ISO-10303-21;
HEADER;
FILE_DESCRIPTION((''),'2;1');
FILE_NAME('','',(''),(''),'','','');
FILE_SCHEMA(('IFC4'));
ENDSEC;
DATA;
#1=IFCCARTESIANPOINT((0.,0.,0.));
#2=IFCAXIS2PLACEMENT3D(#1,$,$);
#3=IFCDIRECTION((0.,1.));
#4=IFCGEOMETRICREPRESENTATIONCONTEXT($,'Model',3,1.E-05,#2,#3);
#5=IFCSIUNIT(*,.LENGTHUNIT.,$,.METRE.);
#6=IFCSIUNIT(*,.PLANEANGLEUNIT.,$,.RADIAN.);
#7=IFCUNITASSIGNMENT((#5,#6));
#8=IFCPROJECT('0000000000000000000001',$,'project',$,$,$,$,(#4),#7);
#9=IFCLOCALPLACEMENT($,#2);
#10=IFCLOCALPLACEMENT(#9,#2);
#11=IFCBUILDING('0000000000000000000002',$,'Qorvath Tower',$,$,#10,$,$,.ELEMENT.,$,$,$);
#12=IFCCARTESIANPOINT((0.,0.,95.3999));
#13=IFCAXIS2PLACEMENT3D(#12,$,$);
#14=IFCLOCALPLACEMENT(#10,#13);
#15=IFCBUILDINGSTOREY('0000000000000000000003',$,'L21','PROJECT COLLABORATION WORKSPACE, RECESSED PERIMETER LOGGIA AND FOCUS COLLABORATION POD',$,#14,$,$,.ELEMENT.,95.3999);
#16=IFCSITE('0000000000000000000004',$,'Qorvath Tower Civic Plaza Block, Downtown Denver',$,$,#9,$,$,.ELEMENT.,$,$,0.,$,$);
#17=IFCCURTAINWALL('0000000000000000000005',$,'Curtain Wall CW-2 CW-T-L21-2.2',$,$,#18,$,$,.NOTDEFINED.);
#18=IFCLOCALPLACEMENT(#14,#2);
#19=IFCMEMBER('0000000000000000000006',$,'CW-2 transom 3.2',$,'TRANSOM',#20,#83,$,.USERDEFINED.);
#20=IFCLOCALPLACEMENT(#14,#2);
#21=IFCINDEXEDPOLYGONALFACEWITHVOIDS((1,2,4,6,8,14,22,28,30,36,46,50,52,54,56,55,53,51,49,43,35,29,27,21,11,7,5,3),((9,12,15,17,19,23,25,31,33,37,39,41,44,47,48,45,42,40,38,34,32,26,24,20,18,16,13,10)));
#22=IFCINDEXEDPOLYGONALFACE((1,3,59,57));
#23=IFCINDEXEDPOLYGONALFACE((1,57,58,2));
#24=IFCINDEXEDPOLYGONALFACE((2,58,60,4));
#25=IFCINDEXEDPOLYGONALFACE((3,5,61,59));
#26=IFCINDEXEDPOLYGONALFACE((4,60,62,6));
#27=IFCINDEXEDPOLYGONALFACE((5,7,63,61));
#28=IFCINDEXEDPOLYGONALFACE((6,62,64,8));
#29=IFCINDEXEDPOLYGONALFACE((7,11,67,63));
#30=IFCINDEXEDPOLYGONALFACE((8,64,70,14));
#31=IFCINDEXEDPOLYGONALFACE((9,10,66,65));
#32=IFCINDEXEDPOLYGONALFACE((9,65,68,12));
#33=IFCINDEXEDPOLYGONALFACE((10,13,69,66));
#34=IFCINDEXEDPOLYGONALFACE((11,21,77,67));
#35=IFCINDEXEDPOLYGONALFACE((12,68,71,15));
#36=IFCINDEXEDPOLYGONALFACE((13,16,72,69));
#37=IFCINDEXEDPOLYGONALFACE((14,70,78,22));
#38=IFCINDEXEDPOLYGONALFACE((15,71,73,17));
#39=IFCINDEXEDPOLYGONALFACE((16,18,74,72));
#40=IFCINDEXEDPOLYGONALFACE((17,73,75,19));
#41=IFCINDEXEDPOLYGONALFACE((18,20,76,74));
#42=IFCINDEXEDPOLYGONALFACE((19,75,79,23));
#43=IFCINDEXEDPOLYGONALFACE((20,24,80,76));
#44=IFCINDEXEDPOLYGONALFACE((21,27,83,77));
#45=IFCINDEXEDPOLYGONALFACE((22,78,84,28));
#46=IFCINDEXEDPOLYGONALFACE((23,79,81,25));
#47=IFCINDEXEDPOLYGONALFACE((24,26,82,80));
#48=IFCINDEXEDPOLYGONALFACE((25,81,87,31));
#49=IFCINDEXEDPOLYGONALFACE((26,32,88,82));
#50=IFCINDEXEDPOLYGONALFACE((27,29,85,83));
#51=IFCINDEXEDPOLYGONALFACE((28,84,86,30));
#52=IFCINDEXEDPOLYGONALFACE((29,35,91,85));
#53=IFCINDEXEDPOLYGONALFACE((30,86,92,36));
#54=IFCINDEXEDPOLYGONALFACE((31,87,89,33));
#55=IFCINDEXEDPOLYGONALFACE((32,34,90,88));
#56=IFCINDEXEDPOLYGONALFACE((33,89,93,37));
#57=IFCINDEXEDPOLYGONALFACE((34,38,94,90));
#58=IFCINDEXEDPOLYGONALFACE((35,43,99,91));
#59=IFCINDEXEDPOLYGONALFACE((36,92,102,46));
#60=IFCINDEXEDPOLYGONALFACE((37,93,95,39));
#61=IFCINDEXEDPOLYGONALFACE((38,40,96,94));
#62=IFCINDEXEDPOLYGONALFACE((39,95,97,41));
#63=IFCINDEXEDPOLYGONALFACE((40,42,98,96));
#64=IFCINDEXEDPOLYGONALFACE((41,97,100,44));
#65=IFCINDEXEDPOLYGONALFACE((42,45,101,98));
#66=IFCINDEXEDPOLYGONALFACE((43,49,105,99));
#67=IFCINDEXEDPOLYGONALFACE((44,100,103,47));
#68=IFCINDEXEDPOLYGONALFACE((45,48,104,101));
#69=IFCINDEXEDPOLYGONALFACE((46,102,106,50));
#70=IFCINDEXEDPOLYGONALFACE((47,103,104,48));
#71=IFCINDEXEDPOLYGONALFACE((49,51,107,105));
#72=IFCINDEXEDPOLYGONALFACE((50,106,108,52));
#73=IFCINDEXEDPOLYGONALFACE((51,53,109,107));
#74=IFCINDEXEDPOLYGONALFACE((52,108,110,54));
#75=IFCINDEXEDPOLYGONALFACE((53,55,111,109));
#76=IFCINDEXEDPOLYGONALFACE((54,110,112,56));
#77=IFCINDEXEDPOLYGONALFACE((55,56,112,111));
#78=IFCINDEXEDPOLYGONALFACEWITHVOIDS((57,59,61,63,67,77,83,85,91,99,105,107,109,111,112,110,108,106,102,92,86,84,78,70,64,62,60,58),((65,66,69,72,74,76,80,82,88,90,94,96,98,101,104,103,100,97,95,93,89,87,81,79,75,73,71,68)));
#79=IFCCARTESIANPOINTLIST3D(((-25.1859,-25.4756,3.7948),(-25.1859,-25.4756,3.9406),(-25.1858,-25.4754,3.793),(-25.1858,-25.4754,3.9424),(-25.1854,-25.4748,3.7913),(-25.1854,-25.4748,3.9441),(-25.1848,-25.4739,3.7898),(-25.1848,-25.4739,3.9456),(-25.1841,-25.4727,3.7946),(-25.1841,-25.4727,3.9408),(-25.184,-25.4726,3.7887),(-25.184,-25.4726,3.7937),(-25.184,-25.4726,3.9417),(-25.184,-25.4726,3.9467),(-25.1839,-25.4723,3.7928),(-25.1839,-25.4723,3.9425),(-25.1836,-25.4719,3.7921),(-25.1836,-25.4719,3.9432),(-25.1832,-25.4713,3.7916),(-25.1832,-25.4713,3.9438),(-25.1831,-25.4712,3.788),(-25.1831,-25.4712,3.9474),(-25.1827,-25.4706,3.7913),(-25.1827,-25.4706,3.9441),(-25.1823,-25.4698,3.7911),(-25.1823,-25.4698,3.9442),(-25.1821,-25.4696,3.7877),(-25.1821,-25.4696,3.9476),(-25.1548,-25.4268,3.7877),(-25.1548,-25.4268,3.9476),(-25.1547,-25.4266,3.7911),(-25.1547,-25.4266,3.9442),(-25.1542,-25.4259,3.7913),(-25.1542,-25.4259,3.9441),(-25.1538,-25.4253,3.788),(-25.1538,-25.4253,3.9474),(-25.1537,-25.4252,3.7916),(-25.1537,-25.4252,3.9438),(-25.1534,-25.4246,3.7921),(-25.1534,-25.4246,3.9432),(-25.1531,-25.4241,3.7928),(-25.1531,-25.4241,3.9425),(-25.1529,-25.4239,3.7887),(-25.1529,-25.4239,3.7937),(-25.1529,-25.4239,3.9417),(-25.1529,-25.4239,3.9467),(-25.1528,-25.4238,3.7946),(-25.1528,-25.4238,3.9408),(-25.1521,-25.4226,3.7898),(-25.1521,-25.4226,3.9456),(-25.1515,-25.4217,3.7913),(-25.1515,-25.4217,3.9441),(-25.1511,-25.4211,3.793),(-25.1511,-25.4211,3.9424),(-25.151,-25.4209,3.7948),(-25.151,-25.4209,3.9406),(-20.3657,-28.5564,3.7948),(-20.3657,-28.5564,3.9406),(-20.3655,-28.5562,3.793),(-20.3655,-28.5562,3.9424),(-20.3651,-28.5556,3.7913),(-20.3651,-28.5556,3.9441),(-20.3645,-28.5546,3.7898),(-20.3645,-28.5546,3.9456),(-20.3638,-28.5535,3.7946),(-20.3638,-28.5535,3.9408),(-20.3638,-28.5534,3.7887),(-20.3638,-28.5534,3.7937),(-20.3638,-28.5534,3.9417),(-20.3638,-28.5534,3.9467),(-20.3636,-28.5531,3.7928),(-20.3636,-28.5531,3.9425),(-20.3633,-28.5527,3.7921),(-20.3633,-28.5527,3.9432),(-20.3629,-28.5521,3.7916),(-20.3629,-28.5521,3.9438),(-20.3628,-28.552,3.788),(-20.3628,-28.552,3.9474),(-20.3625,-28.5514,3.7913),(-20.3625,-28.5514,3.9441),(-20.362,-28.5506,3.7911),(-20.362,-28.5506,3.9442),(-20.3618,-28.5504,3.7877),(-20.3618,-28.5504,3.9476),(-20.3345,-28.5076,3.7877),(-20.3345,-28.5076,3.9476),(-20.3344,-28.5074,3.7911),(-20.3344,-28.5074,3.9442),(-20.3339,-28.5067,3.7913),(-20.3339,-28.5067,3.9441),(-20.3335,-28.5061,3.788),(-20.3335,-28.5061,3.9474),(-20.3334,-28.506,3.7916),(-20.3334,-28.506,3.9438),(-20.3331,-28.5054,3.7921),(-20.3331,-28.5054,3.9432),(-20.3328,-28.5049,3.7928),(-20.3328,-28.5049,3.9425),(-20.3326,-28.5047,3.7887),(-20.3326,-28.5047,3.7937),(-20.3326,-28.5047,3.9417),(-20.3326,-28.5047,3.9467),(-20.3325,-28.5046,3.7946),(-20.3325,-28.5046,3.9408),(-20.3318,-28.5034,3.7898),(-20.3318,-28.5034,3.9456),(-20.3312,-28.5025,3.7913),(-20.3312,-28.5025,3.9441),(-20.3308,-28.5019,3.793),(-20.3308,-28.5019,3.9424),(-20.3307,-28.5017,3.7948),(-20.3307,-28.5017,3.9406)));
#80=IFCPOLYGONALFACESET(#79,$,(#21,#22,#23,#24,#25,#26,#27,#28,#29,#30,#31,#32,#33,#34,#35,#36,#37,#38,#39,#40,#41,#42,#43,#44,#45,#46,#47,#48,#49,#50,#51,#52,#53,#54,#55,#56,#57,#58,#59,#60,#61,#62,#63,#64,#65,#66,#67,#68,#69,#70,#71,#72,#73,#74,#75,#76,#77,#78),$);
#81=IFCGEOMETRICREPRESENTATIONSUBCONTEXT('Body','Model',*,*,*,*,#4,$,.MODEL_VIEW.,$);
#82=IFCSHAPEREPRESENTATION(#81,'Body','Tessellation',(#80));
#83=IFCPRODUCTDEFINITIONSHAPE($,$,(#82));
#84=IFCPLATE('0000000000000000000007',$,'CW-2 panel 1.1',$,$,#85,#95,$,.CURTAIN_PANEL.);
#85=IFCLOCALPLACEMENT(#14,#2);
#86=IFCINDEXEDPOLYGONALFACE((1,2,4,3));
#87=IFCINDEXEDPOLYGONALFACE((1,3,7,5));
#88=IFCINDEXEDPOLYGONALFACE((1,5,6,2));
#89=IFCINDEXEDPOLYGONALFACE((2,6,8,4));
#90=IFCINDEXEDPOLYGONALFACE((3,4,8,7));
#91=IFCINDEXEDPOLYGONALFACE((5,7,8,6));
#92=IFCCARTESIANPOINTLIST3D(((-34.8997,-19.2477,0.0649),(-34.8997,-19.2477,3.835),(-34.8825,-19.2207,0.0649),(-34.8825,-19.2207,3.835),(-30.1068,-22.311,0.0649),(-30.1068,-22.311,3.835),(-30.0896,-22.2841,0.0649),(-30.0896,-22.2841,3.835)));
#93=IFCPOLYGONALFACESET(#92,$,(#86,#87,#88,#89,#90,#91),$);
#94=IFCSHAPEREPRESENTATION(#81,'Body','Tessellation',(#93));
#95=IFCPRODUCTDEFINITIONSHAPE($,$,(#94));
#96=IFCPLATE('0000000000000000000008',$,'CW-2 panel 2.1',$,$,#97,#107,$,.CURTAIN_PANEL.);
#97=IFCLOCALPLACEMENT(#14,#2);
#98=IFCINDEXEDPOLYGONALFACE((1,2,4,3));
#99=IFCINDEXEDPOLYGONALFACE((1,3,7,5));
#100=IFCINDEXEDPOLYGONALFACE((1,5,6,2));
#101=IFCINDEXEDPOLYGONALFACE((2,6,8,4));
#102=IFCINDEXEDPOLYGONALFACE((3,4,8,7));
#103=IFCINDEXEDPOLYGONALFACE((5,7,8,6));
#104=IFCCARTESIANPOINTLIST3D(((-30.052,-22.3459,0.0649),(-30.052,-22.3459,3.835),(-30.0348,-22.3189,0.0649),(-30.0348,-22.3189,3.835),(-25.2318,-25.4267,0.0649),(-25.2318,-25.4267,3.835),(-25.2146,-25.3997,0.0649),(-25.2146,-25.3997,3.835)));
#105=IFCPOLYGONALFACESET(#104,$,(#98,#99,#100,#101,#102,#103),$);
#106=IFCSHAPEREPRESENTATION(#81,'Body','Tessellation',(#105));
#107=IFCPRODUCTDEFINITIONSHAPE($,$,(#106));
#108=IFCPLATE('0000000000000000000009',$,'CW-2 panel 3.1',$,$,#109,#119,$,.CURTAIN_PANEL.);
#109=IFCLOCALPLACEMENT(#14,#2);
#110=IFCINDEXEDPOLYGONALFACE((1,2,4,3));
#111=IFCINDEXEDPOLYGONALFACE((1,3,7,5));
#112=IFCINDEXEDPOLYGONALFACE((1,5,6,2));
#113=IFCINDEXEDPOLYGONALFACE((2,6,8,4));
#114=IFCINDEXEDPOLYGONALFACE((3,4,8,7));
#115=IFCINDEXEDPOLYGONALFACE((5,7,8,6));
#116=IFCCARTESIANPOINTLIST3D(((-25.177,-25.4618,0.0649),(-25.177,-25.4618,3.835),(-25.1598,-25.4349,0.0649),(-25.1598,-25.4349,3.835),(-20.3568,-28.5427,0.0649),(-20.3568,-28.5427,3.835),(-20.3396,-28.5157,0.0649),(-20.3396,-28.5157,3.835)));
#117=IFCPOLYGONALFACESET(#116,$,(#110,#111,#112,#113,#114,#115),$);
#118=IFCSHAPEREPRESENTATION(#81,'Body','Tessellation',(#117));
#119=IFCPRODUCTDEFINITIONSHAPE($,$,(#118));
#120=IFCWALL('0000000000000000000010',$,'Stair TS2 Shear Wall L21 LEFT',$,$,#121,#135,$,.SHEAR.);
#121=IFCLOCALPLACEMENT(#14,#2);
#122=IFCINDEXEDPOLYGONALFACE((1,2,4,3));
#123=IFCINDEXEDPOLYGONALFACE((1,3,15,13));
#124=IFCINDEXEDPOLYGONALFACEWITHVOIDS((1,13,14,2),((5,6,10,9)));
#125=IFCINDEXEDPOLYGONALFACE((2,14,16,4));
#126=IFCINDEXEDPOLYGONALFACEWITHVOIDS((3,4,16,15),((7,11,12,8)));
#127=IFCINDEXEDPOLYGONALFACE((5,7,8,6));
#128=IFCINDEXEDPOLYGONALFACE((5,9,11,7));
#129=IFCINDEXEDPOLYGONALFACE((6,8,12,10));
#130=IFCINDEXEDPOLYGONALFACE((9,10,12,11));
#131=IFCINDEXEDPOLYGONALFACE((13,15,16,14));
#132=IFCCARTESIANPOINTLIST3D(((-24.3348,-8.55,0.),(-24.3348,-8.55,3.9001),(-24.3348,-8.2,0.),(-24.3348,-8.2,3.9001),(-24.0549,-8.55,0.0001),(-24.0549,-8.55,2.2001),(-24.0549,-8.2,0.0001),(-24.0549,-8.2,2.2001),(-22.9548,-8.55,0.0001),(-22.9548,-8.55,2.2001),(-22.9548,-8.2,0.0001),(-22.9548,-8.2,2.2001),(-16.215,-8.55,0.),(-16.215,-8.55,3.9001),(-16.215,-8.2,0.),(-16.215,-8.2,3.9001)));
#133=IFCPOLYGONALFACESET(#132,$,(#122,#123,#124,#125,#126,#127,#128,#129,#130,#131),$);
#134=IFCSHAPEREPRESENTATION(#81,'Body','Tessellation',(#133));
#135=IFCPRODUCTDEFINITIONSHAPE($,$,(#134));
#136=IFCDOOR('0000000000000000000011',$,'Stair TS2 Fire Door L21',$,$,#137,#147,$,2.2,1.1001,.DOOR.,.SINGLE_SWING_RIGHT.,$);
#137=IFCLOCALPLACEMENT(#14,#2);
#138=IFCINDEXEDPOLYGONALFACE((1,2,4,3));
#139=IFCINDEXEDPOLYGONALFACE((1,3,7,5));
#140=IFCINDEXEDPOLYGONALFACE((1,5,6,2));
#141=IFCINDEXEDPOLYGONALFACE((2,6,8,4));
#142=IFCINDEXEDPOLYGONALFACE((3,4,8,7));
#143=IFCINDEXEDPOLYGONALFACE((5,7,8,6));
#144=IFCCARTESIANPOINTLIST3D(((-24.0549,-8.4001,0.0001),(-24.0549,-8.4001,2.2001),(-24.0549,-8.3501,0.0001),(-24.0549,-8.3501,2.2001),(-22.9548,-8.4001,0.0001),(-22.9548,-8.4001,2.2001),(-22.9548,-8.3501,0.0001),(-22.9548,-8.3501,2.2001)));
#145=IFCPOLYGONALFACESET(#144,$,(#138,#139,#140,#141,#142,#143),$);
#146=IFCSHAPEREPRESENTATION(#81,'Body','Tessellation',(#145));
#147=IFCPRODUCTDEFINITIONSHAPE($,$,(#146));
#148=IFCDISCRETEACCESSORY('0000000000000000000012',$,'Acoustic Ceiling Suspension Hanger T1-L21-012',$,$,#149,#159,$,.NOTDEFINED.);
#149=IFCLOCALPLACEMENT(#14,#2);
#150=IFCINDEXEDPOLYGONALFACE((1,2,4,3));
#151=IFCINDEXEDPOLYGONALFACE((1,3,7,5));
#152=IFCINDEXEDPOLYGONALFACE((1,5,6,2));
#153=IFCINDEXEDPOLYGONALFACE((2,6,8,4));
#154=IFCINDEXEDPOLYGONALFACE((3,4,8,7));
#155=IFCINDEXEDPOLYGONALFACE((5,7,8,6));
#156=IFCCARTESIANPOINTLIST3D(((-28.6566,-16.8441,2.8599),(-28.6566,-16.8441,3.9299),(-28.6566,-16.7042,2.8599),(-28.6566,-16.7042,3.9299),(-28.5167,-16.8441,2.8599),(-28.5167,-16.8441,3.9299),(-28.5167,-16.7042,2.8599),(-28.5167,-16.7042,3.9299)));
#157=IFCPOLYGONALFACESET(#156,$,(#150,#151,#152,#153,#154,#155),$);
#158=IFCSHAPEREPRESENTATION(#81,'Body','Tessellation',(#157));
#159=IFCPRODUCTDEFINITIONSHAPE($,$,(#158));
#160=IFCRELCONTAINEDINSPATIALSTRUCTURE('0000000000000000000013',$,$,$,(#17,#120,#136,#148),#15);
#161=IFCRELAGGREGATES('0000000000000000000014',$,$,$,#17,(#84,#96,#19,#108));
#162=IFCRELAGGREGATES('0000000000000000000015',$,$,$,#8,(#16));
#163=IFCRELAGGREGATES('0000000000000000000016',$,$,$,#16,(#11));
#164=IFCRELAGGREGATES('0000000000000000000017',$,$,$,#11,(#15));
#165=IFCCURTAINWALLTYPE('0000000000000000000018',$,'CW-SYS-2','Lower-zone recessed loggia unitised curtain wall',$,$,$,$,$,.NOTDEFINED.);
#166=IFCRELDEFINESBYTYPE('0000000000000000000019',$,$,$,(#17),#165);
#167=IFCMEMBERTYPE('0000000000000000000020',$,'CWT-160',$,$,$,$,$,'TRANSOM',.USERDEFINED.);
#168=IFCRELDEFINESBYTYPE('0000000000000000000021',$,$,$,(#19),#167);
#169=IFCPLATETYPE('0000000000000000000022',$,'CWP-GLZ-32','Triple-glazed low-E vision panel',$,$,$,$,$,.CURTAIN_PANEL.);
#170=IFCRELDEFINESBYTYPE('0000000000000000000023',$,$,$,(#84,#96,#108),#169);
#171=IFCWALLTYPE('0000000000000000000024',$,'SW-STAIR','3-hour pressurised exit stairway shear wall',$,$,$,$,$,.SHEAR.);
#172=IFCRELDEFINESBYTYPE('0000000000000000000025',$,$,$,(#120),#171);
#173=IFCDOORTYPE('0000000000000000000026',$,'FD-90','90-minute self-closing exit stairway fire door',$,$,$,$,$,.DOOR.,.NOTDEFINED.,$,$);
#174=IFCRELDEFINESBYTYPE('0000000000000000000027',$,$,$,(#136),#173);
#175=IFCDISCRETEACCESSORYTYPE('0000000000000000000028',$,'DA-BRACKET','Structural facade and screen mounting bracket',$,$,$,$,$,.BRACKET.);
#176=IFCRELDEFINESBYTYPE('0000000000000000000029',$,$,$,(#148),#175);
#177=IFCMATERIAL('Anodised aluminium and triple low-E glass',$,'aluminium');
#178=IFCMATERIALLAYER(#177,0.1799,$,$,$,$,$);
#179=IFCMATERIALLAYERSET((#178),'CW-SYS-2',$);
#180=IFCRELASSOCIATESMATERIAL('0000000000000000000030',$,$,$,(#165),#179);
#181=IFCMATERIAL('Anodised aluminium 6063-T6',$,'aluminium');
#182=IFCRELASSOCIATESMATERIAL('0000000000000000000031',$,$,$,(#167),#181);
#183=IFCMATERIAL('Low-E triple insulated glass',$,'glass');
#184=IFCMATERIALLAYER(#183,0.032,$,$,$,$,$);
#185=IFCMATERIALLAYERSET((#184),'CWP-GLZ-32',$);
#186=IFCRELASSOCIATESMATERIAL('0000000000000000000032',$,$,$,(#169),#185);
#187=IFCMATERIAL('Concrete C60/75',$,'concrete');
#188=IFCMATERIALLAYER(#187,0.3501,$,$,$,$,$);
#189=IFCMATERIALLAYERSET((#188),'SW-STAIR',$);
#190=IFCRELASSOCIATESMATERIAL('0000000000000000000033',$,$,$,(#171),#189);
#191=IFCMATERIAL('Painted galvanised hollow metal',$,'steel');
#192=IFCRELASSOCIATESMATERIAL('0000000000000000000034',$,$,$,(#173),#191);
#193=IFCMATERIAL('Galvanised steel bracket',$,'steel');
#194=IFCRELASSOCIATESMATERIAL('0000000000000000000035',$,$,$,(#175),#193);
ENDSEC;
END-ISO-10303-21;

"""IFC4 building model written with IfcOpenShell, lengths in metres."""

from ifc_helpers import new_model, si_unit, direction, frame, frame_2d, origin, origin_2d, place, context, subcontext, project, spatial, rectangle, hollow_rectangle, extrude, material, layer, layer_set, material_profile, profile_set, type_object, element, fill, aggregate, save


model = new_model("IFC4")

# Units and contexts
model_context = context("Model", 3, precision=1e-05, world=origin(), true_north=direction((0.0, 1.0)))
body_context = subcontext(model_context, "Body", "Model", "MODEL_VIEW")
ifc_project = project(units=[si_unit("LENGTHUNIT", "METRE"), si_unit("PLANEANGLEUNIT", "RADIAN")], contexts=[model_context])

# Site, building, storey
site_placement = place(None, origin())
site = spatial("IfcSite", under=ifc_project, at=site_placement, Name="Qorvath Tower Civic Plaza Block, Downtown Denver", CompositionType="ELEMENT", RefElevation=0.0)
building_placement = place(site_placement, origin())
building = spatial("IfcBuilding", under=site, at=building_placement, Name="Qorvath Tower", CompositionType="ELEMENT")
storey_placement = place(building_placement, frame((0.0, 0.0, 95.3999)))
storey = spatial("IfcBuildingStorey", under=building, at=storey_placement, Name="L21", Description="PROJECT COLLABORATION WORKSPACE, RECESSED PERIMETER LOGGIA AND FOCUS COLLABORATION POD", CompositionType="ELEMENT", Elevation=95.3999)

# Curtain wall, member, plates
ifc_material_1 = material(Name="Anodised aluminium and triple low-E glass", Category="aluminium")
ifc_layer_1 = layer(ifc_material_1, 0.1799)
ifc_layer_set_1 = layer_set([ifc_layer_1], Name="CW-SYS-2")
curtain_wall_type = type_object("IfcCurtainWallType", Name="CW-SYS-2", Description="Lower-zone recessed loggia unitised curtain wall", PredefinedType="NOTDEFINED", material=ifc_layer_set_1)
curtain_wall_placement = place(storey_placement, origin())
curtain_wall = element("IfcCurtainWall", 1, at=curtain_wall_placement, inside=storey, type_object=curtain_wall_type, Name="Curtain Wall CW-2 CW-T-L21-2.2", PredefinedType="NOTDEFINED")
ifc_material_2 = material(Name="Anodised aluminium 6063-T6", Category="aluminium")
ifc_material_profile_1 = material_profile(ifc_material_2, hollow_rectangle(XDim=0.0649, YDim=0.1599, WallThickness=0.0034, InnerFilletRadius=0.0034, OuterFilletRadius=0.0071, at=origin_2d()), Name="CWT 160x65")
ifc_profile_set_1 = profile_set([ifc_material_profile_1], Name="Anodised aluminium 6063-T6")
member_type_1 = type_object("IfcMemberType", Name="CWT-160", ElementType="TRANSOM", PredefinedType="USERDEFINED", material=ifc_profile_set_1)
member_1_placement = place(storey_placement, frame((-25.1685, -25.4482, 3.8677), z_axis=(0.842604, -0.538534, 0.0), x_axis=(0.538534, 0.842604, 0.0)))
member_1 = element("IfcMember", 2, at=member_1_placement, type_object=member_type_1, Name="CW-2 transom 3.2", ObjectType="TRANSOM", PredefinedType="USERDEFINED", context=body_context, shape_type="SweptSolid", body=[
    extrude(hollow_rectangle(XDim=0.0649, YDim=0.1599, WallThickness=0.0034, InnerFilletRadius=0.0034, OuterFilletRadius=0.0071, at=origin_2d()), origin(), (0.0, 0.0, 1.0), 5.7207),
])
ifc_material_3 = material(Name="Low-E triple insulated glass", Category="glass")
ifc_layer_2 = layer(ifc_material_3, 0.032)
ifc_layer_set_2 = layer_set([ifc_layer_2], Name="CWP-GLZ-32")
plate_type = type_object("IfcPlateType", Name="CWP-GLZ-32", Description="Triple-glazed low-E vision panel", PredefinedType="CURTAIN_PANEL", material=ifc_layer_set_2)
plate_1_placement = place(storey_placement, frame((-32.4946, -20.7659, 0.0649), z_axis=(0.0, 0.0, 1.0), x_axis=(0.842601, -0.538539, 0.0)))
plate_1 = element("IfcPlate", 3, at=plate_1_placement, type_object=plate_type, Name="CW-2 panel 1.1", PredefinedType="CURTAIN_PANEL", context=body_context, shape_type="SweptSolid", body=[
    extrude(rectangle(XDim=5.6882, YDim=0.032, at=origin_2d()), origin(), (0.0, 0.0, 1.0), 3.77),
])
plate_2_placement = place(storey_placement, frame((-27.6333, -23.8728, 0.0649), z_axis=(0.0, 0.0, 1.0), x_axis=(0.842601, -0.538539, 0.0)))
plate_2 = element("IfcPlate", 4, at=plate_2_placement, type_object=plate_type, Name="CW-2 panel 2.1", PredefinedType="CURTAIN_PANEL", context=body_context, shape_type="SweptSolid", body=[
    extrude(rectangle(XDim=5.7207, YDim=0.032, at=origin_2d()), origin(), (0.0, 0.0, 1.0), 3.77),
])
plate_3_placement = place(storey_placement, frame((-22.7583, -26.9888, 0.0649), z_axis=(0.0, 0.0, 1.0), x_axis=(0.842601, -0.538539, 0.0)))
plate_3 = element("IfcPlate", 5, at=plate_3_placement, type_object=plate_type, Name="CW-2 panel 3.1", PredefinedType="CURTAIN_PANEL", context=body_context, shape_type="SweptSolid", body=[
    extrude(rectangle(XDim=5.7207, YDim=0.032, at=origin_2d()), origin(), (0.0, 0.0, 1.0), 3.77),
])
aggregate(curtain_wall, [plate_1, plate_2, member_1, plate_3])

# Wall, opening, door
ifc_material_4 = material(Name="Concrete C60/75", Category="concrete")
ifc_layer_3 = layer(ifc_material_4, 0.3501)
ifc_layer_set_3 = layer_set([ifc_layer_3], Name="SW-STAIR")
wall_type_1 = type_object("IfcWallType", Name="SW-STAIR", Description="3-hour pressurised exit stairway shear wall", PredefinedType="SHEAR", material=ifc_layer_set_3)
wall_1_placement = place(storey_placement, frame((-24.335, -8.375, 0.0), z_axis=(0.0, 0.0, 1.0), x_axis=(1.0, 0.0, 0.0)))
wall_1 = element("IfcWall", 6, at=wall_1_placement, inside=storey, type_object=wall_type_1, Name="Stair TS2 Shear Wall L21 LEFT", PredefinedType="SHEAR", context=body_context, shape_type="SweptSolid", body=[
    extrude(rectangle(XDim=8.1199, YDim=0.3501, at=frame_2d((4.0601, 0.0))), origin(), (0.0, 0.0, 1.0), 3.9001),
])
opening_1_placement = place(wall_1_placement, frame((0.28, 0.0, 0.0)))
opening_1 = element("IfcOpeningElement", 7, at=opening_1_placement, cuts=wall_1, PredefinedType="OPENING", context=body_context, shape_type="SweptSolid", body=[
    extrude(rectangle(XDim=1.1001, YDim=2.2, at=frame_2d((0.55, 1.1001))), frame((0.0, 0.1851, 0.0), z_axis=(0.0, -1.0, 0.0), x_axis=(1.0, 0.0, 0.0)), (0.0, 0.0, 1.0), 0.3701),
])
ifc_material_5 = material(Name="Painted galvanised hollow metal", Category="steel")
door_type_1 = type_object("IfcDoorType", Name="FD-90", Description="90-minute self-closing exit stairway fire door", OperationType="NOTDEFINED", PredefinedType="DOOR", material=ifc_material_5)
door_1_placement = place(opening_1_placement, origin())
door_1 = element("IfcDoor", 8, at=door_1_placement, inside=storey, type_object=door_type_1, Name="Stair TS2 Fire Door L21", OperationType="SINGLE_SWING_RIGHT", OverallHeight=2.2, OverallWidth=1.1001, PredefinedType="DOOR", context=body_context, shape_type="SweptSolid", body=[
    extrude(rectangle(XDim=1.1001, YDim=2.2, at=frame_2d((0.55, 1.1001))), frame((0.0, 0.0249, 0.0), z_axis=(0.0, -1.0, 0.0), x_axis=(1.0, 0.0, 0.0)), (0.0, 0.0, 1.0), 0.05),
])
fill(opening_1, door_1)

# Discrete accessory
ifc_material_6 = material(Name="Galvanised steel bracket", Category="steel")
discrete_accessory_type = type_object("IfcDiscreteAccessoryType", Name="DA-BRACKET", Description="Structural facade and screen mounting bracket", PredefinedType="BRACKET", material=ifc_material_6)
discrete_accessory_placement = place(storey_placement, frame((-28.5867, -16.7742, 2.8599), z_axis=(0.0, 0.0, 1.0), x_axis=(1.0, 0.0, 0.0)))
element("IfcDiscreteAccessory", 9, at=discrete_accessory_placement, inside=storey, type_object=discrete_accessory_type, Name="Acoustic Ceiling Suspension Hanger T1-L21-012", PredefinedType="NOTDEFINED", context=body_context, shape_type="SweptSolid", body=[
    extrude(rectangle(XDim=0.1399, YDim=0.1399, at=origin_2d()), origin(), (0.0, 0.0, 1.0), 1.0701),
])

save(model, "model.ifc")
